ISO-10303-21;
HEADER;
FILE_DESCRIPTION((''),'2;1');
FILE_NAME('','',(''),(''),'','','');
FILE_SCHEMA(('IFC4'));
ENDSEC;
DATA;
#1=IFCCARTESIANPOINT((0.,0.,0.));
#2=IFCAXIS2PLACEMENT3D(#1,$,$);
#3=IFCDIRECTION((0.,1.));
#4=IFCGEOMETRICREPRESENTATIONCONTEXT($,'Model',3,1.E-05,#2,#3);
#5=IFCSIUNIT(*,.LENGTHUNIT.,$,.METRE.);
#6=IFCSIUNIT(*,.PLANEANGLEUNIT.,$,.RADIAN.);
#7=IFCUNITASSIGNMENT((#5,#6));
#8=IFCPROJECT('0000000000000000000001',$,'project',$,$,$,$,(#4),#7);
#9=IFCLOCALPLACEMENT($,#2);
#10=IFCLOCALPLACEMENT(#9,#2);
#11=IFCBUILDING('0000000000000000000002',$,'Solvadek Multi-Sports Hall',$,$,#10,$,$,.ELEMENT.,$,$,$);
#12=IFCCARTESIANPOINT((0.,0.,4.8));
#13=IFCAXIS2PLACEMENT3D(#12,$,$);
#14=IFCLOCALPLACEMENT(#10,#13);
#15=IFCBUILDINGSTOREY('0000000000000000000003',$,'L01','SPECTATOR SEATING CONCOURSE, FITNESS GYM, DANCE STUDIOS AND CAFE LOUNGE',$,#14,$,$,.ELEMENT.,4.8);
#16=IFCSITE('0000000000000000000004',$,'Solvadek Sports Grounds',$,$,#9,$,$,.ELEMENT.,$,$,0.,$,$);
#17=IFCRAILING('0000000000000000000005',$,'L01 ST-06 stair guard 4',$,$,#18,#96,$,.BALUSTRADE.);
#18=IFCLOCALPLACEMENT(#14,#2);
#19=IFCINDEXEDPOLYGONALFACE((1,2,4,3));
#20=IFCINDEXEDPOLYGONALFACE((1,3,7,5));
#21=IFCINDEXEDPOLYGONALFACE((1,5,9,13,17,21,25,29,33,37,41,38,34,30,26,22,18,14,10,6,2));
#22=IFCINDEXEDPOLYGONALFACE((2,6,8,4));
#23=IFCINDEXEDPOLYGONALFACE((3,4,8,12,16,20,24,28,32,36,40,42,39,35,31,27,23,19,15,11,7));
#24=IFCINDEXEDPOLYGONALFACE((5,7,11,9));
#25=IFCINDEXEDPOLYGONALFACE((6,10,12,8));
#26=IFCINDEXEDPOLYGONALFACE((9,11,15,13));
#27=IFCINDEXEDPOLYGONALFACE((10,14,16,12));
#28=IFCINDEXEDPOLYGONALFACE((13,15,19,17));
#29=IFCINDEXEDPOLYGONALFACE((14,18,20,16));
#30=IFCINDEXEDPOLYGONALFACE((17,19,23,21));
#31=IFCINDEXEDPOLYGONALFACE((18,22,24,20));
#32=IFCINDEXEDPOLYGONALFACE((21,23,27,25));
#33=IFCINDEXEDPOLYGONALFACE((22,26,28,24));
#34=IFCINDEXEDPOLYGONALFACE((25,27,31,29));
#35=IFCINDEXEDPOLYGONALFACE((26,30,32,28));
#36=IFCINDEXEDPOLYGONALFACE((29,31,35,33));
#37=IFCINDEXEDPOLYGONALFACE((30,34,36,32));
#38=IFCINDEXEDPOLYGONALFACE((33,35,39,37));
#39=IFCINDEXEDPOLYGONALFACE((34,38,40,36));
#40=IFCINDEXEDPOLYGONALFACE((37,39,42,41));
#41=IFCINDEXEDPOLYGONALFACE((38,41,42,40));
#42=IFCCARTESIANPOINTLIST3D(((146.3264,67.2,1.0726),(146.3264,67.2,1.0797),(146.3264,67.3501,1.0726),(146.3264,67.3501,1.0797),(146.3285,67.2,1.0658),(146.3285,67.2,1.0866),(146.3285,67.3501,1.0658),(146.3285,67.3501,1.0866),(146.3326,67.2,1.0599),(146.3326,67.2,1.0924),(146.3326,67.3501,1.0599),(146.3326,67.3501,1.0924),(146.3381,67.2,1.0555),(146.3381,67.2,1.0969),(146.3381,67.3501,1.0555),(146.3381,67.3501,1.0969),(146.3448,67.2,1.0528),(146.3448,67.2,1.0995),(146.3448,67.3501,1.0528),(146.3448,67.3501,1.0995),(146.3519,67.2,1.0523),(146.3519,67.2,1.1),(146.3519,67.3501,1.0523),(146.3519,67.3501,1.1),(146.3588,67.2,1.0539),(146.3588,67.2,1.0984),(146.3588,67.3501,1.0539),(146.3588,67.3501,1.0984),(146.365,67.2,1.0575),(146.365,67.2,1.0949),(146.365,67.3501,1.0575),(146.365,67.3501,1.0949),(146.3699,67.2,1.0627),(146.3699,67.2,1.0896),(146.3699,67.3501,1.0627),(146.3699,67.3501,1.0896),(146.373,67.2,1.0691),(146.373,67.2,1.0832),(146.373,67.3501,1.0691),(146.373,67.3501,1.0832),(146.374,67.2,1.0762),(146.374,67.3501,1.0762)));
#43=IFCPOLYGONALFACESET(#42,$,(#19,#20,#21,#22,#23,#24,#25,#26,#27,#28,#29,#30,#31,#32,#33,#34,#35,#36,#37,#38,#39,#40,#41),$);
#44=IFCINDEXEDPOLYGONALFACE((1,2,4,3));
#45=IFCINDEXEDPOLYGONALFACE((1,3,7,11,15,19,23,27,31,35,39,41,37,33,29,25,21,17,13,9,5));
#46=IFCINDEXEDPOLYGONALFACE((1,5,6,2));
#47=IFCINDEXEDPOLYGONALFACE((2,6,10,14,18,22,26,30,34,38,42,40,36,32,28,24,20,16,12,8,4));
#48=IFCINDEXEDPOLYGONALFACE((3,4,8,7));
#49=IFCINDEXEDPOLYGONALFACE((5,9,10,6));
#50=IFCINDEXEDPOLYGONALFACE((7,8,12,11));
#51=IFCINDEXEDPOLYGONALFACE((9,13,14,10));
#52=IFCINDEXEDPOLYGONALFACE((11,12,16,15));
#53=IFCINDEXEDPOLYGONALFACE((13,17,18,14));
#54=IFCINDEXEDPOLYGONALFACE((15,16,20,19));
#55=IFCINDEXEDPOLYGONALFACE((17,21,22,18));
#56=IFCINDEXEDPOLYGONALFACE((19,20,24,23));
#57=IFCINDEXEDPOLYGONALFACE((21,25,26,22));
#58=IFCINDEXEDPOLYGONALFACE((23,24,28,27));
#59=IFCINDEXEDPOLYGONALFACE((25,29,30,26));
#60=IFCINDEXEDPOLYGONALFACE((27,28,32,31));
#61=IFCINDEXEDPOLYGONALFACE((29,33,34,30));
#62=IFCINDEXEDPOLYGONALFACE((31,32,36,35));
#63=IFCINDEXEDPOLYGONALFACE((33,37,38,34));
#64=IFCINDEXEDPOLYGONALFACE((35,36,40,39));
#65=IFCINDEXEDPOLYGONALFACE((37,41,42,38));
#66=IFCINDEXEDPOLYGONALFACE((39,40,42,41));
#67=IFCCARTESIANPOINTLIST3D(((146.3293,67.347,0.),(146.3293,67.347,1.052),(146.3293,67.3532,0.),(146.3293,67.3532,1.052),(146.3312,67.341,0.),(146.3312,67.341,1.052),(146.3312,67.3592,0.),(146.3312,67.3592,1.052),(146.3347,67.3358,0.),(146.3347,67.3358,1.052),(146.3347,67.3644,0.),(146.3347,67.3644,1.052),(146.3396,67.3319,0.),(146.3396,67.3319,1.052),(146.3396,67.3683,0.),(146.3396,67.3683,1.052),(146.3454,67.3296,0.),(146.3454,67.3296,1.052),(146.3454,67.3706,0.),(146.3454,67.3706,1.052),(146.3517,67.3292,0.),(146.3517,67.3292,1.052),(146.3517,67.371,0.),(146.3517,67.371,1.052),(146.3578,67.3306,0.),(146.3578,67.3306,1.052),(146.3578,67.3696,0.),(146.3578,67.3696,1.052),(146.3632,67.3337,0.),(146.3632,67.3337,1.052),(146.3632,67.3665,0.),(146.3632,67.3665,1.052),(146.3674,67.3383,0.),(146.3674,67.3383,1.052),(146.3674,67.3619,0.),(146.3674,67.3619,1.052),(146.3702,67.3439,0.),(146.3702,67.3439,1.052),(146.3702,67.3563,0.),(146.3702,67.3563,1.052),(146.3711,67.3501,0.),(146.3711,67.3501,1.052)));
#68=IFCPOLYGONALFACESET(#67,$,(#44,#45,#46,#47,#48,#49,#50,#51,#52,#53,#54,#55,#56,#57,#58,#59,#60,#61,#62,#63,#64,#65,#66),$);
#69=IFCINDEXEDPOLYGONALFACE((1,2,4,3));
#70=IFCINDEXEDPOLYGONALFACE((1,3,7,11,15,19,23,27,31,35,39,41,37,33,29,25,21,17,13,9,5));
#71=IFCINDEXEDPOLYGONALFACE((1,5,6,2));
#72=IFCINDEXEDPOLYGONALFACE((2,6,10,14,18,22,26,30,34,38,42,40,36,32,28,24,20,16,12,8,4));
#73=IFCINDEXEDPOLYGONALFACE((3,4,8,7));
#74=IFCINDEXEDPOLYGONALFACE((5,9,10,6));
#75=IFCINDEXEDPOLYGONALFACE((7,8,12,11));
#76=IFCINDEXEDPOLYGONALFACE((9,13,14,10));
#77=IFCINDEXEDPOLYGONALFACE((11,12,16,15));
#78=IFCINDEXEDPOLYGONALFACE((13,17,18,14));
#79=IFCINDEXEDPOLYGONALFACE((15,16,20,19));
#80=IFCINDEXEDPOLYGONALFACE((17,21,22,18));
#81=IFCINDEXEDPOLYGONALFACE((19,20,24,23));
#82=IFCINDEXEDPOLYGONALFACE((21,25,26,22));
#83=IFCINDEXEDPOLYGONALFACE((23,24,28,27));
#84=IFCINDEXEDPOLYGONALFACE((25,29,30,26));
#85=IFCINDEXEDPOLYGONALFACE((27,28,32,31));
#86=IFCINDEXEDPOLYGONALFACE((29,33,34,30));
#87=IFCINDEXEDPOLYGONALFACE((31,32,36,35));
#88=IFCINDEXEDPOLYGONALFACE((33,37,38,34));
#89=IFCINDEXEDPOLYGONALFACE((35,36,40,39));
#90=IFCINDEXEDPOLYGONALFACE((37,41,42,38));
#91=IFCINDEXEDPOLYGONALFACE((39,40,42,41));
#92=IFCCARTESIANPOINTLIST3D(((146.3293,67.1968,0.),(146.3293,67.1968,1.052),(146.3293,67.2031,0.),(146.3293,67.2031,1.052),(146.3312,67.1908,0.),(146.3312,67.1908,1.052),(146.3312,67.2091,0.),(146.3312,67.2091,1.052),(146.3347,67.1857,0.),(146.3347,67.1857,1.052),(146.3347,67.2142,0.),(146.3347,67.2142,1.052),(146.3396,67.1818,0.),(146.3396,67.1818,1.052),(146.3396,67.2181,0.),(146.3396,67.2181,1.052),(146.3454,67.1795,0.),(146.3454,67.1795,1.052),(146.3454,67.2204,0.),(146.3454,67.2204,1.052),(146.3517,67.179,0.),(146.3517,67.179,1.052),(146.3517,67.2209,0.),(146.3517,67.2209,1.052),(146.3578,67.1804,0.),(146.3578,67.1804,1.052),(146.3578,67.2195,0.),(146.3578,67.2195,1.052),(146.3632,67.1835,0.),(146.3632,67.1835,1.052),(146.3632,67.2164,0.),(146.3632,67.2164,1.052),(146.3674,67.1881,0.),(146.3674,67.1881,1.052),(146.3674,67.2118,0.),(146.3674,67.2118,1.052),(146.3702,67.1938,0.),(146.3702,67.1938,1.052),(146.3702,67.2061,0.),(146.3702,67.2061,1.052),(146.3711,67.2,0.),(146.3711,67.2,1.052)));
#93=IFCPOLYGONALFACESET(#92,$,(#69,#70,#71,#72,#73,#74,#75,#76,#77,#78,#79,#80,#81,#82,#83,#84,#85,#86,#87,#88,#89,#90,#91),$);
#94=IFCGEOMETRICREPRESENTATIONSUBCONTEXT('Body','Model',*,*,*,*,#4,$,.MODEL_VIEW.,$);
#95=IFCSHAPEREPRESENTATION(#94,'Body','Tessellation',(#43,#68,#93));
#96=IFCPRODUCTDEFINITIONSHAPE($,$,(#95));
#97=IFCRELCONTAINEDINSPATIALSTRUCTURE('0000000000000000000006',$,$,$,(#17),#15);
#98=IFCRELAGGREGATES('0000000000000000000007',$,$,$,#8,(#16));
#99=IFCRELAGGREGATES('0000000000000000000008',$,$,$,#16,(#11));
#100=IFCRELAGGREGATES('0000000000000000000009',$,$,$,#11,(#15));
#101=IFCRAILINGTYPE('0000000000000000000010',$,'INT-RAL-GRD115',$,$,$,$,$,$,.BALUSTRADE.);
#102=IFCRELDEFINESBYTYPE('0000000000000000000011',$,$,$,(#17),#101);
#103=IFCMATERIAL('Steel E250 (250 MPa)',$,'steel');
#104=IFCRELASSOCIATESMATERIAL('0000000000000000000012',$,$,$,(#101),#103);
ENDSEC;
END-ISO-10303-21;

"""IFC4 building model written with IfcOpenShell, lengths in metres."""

from ifc_helpers import new_model, si_unit, direction, frame, origin, origin_2d, place, context, subcontext, project, spatial, circle, extrude, material, type_object, element, save


model = new_model("IFC4")

# Units and contexts
model_context = context("Model", 3, precision=1e-05, world=origin(), true_north=direction((0.0, 1.0)))
body_context = subcontext(model_context, "Body", "Model", "MODEL_VIEW")
ifc_project = project(units=[si_unit("LENGTHUNIT", "METRE"), si_unit("PLANEANGLEUNIT", "RADIAN")], contexts=[model_context])

# Site, building, storey
site_placement = place(None, origin())
site = spatial("IfcSite", under=ifc_project, at=site_placement, Name="Solvadek Sports Grounds", CompositionType="ELEMENT", RefElevation=0.0)
building_placement = place(site_placement, origin())
building = spatial("IfcBuilding", under=site, at=building_placement, Name="Solvadek Multi-Sports Hall", CompositionType="ELEMENT")
storey_placement = place(building_placement, frame((0.0, 0.0, 4.8)))
storey = spatial("IfcBuildingStorey", under=building, at=storey_placement, Name="L01", Description="SPECTATOR SEATING CONCOURSE, FITNESS GYM, DANCE STUDIOS AND CAFE LOUNGE", CompositionType="ELEMENT", Elevation=4.8)

# Shared definitions
ifc_material_1 = material(Name="Steel E250 (250 MPa)", Category="steel")

# Railing
railing_type_1 = type_object("IfcRailingType", Name="INT-RAL-GRD115", PredefinedType="BALUSTRADE", material=ifc_material_1)
railing_1_placement = place(storey_placement, frame((146.3501, 67.3501, 0.0)))
element("IfcRailing", 1, at=railing_1_placement, inside=storey, type_object=railing_type_1, Name="L01 ST-06 stair guard 4", PredefinedType="BALUSTRADE", context=body_context, shape_type="SweptSolid", body=[
    extrude(circle(Radius=0.0239, at=origin_2d()), frame((0.0, 0.0, 1.0762), z_axis=(0.0, -1.0, 0.0), x_axis=(1.0, 0.0, 0.0)), (0.0, 0.0, 1.0), 0.1501),
    extrude(circle(Radius=0.021, at=origin_2d()), origin(), (0.0, 0.0, 1.0), 1.052),
    extrude(circle(Radius=0.021, at=origin_2d()), frame((0.0, -0.1501, 0.0)), (0.0, 0.0, 1.0), 1.052),
])

save(model, "model.ifc")
